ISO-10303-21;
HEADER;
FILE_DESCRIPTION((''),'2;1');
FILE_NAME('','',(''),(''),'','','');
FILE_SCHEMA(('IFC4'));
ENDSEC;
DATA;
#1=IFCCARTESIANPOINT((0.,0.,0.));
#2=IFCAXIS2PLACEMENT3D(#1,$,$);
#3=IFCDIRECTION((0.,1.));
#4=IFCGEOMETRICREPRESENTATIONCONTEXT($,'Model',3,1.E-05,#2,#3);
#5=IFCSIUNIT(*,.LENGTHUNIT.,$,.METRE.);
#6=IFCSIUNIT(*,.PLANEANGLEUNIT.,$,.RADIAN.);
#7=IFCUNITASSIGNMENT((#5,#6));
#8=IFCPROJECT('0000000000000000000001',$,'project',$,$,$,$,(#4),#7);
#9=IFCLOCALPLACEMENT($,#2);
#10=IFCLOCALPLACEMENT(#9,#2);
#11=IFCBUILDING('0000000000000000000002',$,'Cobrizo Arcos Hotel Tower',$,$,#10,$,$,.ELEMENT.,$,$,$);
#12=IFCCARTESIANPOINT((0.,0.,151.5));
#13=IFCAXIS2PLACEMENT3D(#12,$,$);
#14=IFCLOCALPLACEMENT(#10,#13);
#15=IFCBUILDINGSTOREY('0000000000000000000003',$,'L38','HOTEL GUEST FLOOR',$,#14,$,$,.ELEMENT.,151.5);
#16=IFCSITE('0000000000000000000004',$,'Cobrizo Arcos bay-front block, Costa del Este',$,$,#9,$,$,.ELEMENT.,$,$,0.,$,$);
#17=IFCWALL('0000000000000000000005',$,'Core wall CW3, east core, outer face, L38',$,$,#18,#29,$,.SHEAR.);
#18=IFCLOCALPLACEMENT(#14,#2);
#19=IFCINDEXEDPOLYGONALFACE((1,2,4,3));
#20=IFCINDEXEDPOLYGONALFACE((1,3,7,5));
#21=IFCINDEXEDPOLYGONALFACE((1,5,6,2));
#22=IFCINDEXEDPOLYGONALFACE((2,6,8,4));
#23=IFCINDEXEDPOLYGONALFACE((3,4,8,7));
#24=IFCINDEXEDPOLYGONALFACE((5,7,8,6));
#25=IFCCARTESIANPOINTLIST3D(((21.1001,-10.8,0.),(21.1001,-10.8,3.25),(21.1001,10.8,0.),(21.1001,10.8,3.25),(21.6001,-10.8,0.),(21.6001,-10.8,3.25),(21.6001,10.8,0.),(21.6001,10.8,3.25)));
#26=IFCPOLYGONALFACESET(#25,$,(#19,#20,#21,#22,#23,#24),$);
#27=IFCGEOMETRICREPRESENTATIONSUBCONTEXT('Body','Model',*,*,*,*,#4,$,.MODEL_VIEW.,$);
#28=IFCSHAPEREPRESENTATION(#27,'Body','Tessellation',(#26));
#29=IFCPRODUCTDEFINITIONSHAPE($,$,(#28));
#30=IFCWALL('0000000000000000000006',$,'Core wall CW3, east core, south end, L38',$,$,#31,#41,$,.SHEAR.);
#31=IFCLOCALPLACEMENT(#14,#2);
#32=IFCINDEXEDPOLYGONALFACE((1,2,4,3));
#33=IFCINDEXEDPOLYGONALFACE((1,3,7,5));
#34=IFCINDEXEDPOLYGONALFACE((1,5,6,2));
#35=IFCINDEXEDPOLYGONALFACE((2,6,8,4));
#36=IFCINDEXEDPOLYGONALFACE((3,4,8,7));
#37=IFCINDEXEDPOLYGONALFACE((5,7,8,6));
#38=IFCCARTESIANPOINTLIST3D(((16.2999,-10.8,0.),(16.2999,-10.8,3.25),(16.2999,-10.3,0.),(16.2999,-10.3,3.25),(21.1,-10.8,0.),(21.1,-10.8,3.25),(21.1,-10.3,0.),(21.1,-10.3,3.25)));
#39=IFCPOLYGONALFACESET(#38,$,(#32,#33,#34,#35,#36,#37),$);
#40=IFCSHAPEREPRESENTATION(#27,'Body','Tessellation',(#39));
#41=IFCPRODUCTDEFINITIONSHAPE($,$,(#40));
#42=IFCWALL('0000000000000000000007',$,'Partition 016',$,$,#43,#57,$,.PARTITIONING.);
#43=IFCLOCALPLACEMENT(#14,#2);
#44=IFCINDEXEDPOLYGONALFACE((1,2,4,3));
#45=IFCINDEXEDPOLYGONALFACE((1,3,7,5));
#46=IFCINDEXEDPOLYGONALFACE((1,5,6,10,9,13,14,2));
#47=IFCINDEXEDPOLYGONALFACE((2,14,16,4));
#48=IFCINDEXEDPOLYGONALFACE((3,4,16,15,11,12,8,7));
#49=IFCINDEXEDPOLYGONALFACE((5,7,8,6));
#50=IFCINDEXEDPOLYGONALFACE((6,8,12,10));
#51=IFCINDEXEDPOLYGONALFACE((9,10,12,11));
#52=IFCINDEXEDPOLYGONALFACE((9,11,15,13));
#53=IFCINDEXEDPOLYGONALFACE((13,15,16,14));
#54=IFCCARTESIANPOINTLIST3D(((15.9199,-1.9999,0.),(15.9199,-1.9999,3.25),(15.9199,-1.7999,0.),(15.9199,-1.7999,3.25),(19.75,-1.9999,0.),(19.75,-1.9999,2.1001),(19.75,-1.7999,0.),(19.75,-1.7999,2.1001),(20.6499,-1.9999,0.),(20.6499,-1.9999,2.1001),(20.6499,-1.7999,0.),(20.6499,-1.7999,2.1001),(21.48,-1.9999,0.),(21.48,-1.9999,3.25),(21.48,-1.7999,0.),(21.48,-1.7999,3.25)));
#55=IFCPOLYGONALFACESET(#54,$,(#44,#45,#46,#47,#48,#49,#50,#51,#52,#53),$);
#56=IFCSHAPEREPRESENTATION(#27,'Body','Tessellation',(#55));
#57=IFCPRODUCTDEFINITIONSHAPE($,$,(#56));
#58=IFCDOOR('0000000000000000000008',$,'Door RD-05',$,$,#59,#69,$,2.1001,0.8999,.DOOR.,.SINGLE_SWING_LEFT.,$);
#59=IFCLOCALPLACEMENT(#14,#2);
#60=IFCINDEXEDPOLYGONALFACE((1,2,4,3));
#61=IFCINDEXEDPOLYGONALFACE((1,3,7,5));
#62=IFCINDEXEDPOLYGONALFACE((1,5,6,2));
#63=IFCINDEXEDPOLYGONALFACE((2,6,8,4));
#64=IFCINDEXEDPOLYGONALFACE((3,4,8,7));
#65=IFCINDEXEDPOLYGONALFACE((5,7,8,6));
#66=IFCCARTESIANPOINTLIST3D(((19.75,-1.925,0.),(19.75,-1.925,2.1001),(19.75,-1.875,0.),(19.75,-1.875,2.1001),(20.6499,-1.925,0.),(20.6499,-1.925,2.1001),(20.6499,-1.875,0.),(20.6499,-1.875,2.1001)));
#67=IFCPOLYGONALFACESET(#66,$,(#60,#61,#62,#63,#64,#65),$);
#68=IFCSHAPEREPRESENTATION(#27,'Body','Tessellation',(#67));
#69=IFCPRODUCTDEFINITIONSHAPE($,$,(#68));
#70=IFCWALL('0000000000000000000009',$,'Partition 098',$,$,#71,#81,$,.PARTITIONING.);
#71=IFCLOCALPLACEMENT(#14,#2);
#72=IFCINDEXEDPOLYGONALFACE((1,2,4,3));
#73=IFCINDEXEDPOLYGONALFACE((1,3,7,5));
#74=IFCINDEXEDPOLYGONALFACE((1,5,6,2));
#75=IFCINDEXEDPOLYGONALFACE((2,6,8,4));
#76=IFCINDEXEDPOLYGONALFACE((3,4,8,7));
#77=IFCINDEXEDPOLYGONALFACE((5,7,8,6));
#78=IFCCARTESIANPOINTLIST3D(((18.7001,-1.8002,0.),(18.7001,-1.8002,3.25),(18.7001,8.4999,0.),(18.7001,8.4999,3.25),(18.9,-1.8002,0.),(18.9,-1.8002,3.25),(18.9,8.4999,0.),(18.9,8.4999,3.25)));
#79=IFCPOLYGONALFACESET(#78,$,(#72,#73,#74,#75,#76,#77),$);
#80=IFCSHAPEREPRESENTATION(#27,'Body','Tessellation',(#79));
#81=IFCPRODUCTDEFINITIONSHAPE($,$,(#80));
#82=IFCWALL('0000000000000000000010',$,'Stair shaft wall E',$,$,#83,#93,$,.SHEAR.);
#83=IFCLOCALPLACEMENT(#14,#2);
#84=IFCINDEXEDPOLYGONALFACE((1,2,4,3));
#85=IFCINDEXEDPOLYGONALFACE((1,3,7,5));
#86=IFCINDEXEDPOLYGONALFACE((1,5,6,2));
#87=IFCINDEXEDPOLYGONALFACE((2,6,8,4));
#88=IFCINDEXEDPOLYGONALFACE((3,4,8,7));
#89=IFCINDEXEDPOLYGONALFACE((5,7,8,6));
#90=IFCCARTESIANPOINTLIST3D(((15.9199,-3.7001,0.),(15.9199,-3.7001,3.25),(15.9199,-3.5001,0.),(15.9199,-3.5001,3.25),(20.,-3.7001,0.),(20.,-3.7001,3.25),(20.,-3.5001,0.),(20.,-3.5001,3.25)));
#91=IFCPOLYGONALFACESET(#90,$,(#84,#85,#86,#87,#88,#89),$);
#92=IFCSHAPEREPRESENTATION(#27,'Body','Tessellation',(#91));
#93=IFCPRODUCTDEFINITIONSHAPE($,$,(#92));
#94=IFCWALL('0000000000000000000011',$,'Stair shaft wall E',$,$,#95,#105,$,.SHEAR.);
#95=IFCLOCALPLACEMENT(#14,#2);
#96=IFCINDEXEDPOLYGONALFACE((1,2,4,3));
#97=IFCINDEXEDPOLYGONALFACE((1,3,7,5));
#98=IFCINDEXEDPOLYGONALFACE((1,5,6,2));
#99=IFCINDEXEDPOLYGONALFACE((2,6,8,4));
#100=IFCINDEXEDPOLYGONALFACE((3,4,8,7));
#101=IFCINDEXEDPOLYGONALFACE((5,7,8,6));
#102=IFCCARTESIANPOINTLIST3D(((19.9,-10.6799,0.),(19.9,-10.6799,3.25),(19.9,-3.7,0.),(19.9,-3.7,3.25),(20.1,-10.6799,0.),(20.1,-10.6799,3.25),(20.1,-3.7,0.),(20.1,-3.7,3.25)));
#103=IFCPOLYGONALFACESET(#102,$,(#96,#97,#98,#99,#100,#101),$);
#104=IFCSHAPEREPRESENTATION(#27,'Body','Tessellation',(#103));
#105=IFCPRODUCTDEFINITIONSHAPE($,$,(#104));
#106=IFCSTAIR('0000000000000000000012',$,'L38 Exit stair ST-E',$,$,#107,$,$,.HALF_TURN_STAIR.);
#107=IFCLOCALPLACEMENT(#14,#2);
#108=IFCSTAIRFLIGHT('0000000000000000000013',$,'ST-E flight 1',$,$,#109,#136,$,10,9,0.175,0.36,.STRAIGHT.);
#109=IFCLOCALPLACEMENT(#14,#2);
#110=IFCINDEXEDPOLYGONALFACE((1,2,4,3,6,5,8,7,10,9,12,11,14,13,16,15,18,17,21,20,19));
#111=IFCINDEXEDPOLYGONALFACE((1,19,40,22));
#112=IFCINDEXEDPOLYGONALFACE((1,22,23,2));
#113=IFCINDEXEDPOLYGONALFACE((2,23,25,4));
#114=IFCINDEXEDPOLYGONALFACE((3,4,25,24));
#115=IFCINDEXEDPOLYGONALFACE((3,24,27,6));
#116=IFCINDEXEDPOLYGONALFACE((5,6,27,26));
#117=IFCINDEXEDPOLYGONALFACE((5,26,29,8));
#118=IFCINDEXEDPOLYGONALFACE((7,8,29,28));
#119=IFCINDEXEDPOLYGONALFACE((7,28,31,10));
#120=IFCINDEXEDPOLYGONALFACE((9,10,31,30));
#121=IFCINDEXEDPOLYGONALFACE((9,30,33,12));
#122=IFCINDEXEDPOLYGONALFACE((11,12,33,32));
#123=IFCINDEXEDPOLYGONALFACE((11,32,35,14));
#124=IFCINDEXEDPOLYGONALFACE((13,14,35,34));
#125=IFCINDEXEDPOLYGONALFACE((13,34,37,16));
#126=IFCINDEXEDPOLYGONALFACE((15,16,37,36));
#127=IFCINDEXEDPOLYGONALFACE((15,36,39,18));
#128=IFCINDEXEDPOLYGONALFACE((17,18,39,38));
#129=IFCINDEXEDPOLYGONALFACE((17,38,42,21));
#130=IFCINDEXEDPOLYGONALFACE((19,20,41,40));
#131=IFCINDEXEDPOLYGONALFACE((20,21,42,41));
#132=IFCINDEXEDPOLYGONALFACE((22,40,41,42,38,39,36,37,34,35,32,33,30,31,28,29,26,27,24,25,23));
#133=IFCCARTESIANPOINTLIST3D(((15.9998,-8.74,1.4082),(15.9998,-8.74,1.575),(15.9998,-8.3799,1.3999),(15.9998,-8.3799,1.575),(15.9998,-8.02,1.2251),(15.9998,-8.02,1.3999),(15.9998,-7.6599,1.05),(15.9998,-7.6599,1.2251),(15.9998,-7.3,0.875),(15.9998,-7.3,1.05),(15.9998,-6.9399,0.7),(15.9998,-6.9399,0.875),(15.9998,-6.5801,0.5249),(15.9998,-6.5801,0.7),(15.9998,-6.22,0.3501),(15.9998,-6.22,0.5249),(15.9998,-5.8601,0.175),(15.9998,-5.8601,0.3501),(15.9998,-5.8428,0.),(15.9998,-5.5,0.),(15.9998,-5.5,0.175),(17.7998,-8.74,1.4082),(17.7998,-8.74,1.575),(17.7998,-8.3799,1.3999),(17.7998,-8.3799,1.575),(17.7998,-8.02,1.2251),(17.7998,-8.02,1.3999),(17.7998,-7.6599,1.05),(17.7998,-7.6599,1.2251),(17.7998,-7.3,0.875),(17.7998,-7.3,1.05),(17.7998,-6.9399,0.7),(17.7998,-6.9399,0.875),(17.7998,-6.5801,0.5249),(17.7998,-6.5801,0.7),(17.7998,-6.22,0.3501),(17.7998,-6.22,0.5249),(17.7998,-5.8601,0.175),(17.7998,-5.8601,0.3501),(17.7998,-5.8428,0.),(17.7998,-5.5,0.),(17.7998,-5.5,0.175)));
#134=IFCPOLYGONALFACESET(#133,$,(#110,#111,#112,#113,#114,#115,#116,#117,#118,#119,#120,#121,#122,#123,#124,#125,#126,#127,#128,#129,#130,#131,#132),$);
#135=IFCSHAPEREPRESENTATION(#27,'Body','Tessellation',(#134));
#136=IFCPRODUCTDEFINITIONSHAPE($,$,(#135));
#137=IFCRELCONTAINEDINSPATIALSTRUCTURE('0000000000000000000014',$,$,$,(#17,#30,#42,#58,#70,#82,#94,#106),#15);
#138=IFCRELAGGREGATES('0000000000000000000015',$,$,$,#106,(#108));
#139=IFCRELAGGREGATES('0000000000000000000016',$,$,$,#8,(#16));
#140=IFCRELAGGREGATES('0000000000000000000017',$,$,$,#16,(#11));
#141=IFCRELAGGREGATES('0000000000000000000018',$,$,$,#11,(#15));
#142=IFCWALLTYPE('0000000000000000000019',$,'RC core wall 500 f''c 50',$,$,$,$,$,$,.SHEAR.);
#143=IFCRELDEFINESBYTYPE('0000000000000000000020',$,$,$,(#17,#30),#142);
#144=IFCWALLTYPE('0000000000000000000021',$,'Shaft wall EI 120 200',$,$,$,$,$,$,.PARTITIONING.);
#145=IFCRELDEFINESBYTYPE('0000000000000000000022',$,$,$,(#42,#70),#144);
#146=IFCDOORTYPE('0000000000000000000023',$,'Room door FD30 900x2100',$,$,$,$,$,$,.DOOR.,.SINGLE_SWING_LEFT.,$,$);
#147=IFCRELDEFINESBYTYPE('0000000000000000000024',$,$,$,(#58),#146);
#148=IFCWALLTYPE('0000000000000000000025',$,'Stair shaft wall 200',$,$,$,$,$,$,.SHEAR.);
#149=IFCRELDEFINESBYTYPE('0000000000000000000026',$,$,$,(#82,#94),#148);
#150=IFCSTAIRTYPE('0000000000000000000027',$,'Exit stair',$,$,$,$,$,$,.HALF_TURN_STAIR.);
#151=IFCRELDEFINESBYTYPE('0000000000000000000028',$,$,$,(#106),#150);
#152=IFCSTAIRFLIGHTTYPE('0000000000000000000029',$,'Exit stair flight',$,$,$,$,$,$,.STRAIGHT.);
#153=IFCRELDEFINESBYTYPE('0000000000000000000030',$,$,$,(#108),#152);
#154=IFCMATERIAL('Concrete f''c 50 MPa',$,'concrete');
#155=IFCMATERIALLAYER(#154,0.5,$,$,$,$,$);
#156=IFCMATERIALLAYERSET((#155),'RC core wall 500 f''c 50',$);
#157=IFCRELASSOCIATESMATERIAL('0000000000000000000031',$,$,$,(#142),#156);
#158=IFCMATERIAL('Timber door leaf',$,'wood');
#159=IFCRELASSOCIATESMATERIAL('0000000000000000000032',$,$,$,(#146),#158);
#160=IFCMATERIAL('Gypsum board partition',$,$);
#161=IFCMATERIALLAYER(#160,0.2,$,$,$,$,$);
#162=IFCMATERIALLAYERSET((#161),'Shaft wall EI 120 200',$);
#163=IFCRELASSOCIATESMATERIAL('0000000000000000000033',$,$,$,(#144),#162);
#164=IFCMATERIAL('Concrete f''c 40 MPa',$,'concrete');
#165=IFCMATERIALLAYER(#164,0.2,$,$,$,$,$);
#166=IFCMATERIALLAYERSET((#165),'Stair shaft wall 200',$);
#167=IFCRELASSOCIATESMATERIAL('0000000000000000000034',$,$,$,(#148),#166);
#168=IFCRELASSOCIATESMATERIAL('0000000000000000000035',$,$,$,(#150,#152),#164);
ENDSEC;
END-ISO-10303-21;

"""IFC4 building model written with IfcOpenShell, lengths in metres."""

from ifc_helpers import new_model, si_unit, direction, frame, frame_2d, origin, place, context, subcontext, project, spatial, polyline, rectangle, outline, extrude, material, layer, layer_set, type_object, element, fill, aggregate, save


model = new_model("IFC4")

# Units and contexts
model_context = context("Model", 3, precision=1e-05, world=origin(), true_north=direction((0.0, 1.0)))
body_context = subcontext(model_context, "Body", "Model", "MODEL_VIEW")
ifc_project = project(units=[si_unit("LENGTHUNIT", "METRE"), si_unit("PLANEANGLEUNIT", "RADIAN")], contexts=[model_context])

# Site, building, storey
site_placement = place(None, origin())
site = spatial("IfcSite", under=ifc_project, at=site_placement, Name="Cobrizo Arcos bay-front block, Costa del Este", CompositionType="ELEMENT", RefElevation=0.0)
building_placement = place(site_placement, origin())
building = spatial("IfcBuilding", under=site, at=building_placement, Name="Cobrizo Arcos Hotel Tower", CompositionType="ELEMENT")
storey_placement = place(building_placement, frame((0.0, 0.0, 151.5)))
storey = spatial("IfcBuildingStorey", under=building, at=storey_placement, Name="L38", Description="HOTEL GUEST FLOOR", CompositionType="ELEMENT", Elevation=151.5)

# Shared definitions
ifc_material_1 = material(Name="Concrete f'c 50 MPa", Category="concrete")
ifc_layer_1 = layer(ifc_material_1, 0.5)
ifc_layer_set_1 = layer_set([ifc_layer_1], Name="RC core wall 500 f'c 50")
wall_type_1 = type_object("IfcWallType", Name="RC core wall 500 f'c 50", PredefinedType="SHEAR", material=ifc_layer_set_1)
ifc_material_2 = material(Name="Timber door leaf", Category="wood")
door_type_1 = type_object("IfcDoorType", Name="Room door FD30 900x2100", OperationType="SINGLE_SWING_LEFT", PredefinedType="DOOR", material=ifc_material_2)

# Walls
wall_1_placement = place(storey_placement, frame((21.3501, -10.8, 0.0), z_axis=(0.0, 0.0, 1.0), x_axis=(0.0, 1.0, 0.0)))
element("IfcWall", 1, at=wall_1_placement, inside=storey, type_object=wall_type_1, Name="Core wall CW3, east core, outer face, L38", PredefinedType="SHEAR", context=body_context, shape_type="SweptSolid", body=[
    extrude(rectangle(XDim=21.6001, YDim=0.5, at=frame_2d((10.8, 0.0))), origin(), (0.0, 0.0, 1.0), 3.25),
])
wall_2_placement = place(storey_placement, frame((16.3, -10.55, 0.0), z_axis=(0.0, 0.0, 1.0), x_axis=(1.0, 0.0, 0.0)))
element("IfcWall", 2, at=wall_2_placement, inside=storey, type_object=wall_type_1, Name="Core wall CW3, east core, south end, L38", PredefinedType="SHEAR", context=body_context, shape_type="SweptSolid", body=[
    extrude(rectangle(XDim=4.8, YDim=0.5, at=frame_2d((2.3999, 0.0))), origin(), (0.0, 0.0, 1.0), 3.25),
])

# Wall, opening, door
ifc_material_3 = material(Name="Gypsum board partition")
ifc_layer_2 = layer(ifc_material_3, 0.2)
ifc_layer_set_2 = layer_set([ifc_layer_2], Name="Shaft wall EI 120 200")
wall_type_2 = type_object("IfcWallType", Name="Shaft wall EI 120 200", PredefinedType="PARTITIONING", material=ifc_layer_set_2)
wall_3_placement = place(storey_placement, frame((15.9199, -1.8999, 0.0), z_axis=(0.0, 0.0, 1.0), x_axis=(1.0, 0.0, 0.0)))
wall_3 = element("IfcWall", 3, at=wall_3_placement, inside=storey, type_object=wall_type_2, Name="Partition 016", PredefinedType="PARTITIONING", context=body_context, shape_type="SweptSolid", body=[
    extrude(rectangle(XDim=5.5601, YDim=0.2, at=frame_2d((2.78, 0.0))), origin(), (0.0, 0.0, 1.0), 3.25),
])
opening_1_placement = place(wall_3_placement, frame((3.8301, 0.0, 0.0)))
opening_1 = element("IfcOpeningElement", 4, at=opening_1_placement, cuts=wall_3, PredefinedType="OPENING", context=body_context, shape_type="SweptSolid", body=[
    extrude(rectangle(XDim=0.8999, YDim=2.1001, at=frame_2d((0.45, 1.05))), frame((0.0, 0.1121, 0.0), z_axis=(0.0, -1.0, 0.0), x_axis=(1.0, 0.0, 0.0)), (0.0, 0.0, 1.0), 0.2239),
])
door_1_placement = place(opening_1_placement, origin())
door_1 = element("IfcDoor", 5, at=door_1_placement, inside=storey, type_object=door_type_1, Name="Door RD-05", OperationType="SINGLE_SWING_LEFT", OverallHeight=2.1001, OverallWidth=0.8999, PredefinedType="DOOR", context=body_context, shape_type="SweptSolid", body=[
    extrude(rectangle(XDim=0.8999, YDim=2.1001, at=frame_2d((0.45, 1.05))), frame((0.0, 0.0249, 0.0), z_axis=(0.0, -1.0, 0.0), x_axis=(1.0, 0.0, 0.0)), (0.0, 0.0, 1.0), 0.05),
])
fill(opening_1, door_1)

# Walls
wall_4_placement = place(storey_placement, frame((18.8, -1.8, 0.0), z_axis=(0.0, 0.0, 1.0), x_axis=(0.0, 1.0, 0.0)))
element("IfcWall", 6, at=wall_4_placement, inside=storey, type_object=wall_type_2, Name="Partition 098", PredefinedType="PARTITIONING", context=body_context, shape_type="SweptSolid", body=[
    extrude(rectangle(XDim=10.3, YDim=0.2, at=frame_2d((5.1499, 0.0))), origin(), (0.0, 0.0, 1.0), 3.25),
])
ifc_material_4 = material(Name="Concrete f'c 40 MPa", Category="concrete")
ifc_layer_3 = layer(ifc_material_4, 0.2)
ifc_layer_set_3 = layer_set([ifc_layer_3], Name="Stair shaft wall 200")
wall_type_3 = type_object("IfcWallType", Name="Stair shaft wall 200", PredefinedType="SHEAR", material=ifc_layer_set_3)
wall_5_placement = place(storey_placement, frame((15.9199, -3.6001, 0.0), z_axis=(0.0, 0.0, 1.0), x_axis=(1.0, 0.0, 0.0)))
element("IfcWall", 7, at=wall_5_placement, inside=storey, type_object=wall_type_3, Name="Stair shaft wall E", PredefinedType="SHEAR", context=body_context, shape_type="SweptSolid", body=[
    extrude(rectangle(XDim=4.0801, YDim=0.2, at=frame_2d((2.04, 0.0))), origin(), (0.0, 0.0, 1.0), 3.25),
])
wall_6_placement = place(storey_placement, frame((20.0, -10.6799, 0.0), z_axis=(0.0, 0.0, 1.0), x_axis=(0.0, 1.0, 0.0)))
element("IfcWall", 8, at=wall_6_placement, inside=storey, type_object=wall_type_3, Name="Stair shaft wall E", PredefinedType="SHEAR", context=body_context, shape_type="SweptSolid", body=[
    extrude(rectangle(XDim=6.98, YDim=0.2, at=frame_2d((3.49, 0.0))), origin(), (0.0, 0.0, 1.0), 3.25),
])

# Stair, stair flight
stair_type = type_object("IfcStairType", Name="Exit stair", PredefinedType="HALF_TURN_STAIR", material=ifc_material_4)
stair_placement = place(storey_placement, origin())
stair = element("IfcStair", 9, at=stair_placement, inside=storey, type_object=stair_type, Name="L38 Exit stair ST-E", PredefinedType="HALF_TURN_STAIR")
stair_flight_type = type_object("IfcStairFlightType", Name="Exit stair flight", PredefinedType="STRAIGHT", material=ifc_material_4)
stair_flight_placement = place(storey_placement, frame((16.8999, -5.5, 0.0), z_axis=(0.0, 0.0, 1.0), x_axis=(0.0, -1.0, 0.0)))
stair_flight = element("IfcStairFlight", 10, at=stair_flight_placement, type_object=stair_flight_type, Name="ST-E flight 1", NumberOfRisers=10, NumberOfTreads=9, PredefinedType="STRAIGHT", RiserHeight=0.175, TreadLength=0.36, context=body_context, shape_type="SweptSolid", body=[
    extrude(outline(polyline([(0.0, 0.0), (0.0, 0.175), (0.3601, 0.175), (0.3601, 0.3501), (0.72, 0.3501), (0.72, 0.5249), (1.0801, 0.5249), (1.0801, 0.7), (1.4399, 0.7), (1.4399, 0.875), (1.8, 0.875), (1.8, 1.05), (2.1599, 1.05), (2.1599, 1.2251), (2.52, 1.2251), (2.52, 1.3999), (2.8799, 1.3999), (2.8799, 1.575), (3.24, 1.575), (3.24, 1.75), (3.24, 1.4082), (0.3428, 0.0), (0.0, 0.0)])), frame((0.0, 0.8999, 0.0), z_axis=(0.0, -1.0, 0.0), x_axis=(1.0, 0.0, 0.0)), (0.0, 0.0, 1.0), 1.8),
])
aggregate(stair, [stair_flight])

save(model, "model.ifc")
